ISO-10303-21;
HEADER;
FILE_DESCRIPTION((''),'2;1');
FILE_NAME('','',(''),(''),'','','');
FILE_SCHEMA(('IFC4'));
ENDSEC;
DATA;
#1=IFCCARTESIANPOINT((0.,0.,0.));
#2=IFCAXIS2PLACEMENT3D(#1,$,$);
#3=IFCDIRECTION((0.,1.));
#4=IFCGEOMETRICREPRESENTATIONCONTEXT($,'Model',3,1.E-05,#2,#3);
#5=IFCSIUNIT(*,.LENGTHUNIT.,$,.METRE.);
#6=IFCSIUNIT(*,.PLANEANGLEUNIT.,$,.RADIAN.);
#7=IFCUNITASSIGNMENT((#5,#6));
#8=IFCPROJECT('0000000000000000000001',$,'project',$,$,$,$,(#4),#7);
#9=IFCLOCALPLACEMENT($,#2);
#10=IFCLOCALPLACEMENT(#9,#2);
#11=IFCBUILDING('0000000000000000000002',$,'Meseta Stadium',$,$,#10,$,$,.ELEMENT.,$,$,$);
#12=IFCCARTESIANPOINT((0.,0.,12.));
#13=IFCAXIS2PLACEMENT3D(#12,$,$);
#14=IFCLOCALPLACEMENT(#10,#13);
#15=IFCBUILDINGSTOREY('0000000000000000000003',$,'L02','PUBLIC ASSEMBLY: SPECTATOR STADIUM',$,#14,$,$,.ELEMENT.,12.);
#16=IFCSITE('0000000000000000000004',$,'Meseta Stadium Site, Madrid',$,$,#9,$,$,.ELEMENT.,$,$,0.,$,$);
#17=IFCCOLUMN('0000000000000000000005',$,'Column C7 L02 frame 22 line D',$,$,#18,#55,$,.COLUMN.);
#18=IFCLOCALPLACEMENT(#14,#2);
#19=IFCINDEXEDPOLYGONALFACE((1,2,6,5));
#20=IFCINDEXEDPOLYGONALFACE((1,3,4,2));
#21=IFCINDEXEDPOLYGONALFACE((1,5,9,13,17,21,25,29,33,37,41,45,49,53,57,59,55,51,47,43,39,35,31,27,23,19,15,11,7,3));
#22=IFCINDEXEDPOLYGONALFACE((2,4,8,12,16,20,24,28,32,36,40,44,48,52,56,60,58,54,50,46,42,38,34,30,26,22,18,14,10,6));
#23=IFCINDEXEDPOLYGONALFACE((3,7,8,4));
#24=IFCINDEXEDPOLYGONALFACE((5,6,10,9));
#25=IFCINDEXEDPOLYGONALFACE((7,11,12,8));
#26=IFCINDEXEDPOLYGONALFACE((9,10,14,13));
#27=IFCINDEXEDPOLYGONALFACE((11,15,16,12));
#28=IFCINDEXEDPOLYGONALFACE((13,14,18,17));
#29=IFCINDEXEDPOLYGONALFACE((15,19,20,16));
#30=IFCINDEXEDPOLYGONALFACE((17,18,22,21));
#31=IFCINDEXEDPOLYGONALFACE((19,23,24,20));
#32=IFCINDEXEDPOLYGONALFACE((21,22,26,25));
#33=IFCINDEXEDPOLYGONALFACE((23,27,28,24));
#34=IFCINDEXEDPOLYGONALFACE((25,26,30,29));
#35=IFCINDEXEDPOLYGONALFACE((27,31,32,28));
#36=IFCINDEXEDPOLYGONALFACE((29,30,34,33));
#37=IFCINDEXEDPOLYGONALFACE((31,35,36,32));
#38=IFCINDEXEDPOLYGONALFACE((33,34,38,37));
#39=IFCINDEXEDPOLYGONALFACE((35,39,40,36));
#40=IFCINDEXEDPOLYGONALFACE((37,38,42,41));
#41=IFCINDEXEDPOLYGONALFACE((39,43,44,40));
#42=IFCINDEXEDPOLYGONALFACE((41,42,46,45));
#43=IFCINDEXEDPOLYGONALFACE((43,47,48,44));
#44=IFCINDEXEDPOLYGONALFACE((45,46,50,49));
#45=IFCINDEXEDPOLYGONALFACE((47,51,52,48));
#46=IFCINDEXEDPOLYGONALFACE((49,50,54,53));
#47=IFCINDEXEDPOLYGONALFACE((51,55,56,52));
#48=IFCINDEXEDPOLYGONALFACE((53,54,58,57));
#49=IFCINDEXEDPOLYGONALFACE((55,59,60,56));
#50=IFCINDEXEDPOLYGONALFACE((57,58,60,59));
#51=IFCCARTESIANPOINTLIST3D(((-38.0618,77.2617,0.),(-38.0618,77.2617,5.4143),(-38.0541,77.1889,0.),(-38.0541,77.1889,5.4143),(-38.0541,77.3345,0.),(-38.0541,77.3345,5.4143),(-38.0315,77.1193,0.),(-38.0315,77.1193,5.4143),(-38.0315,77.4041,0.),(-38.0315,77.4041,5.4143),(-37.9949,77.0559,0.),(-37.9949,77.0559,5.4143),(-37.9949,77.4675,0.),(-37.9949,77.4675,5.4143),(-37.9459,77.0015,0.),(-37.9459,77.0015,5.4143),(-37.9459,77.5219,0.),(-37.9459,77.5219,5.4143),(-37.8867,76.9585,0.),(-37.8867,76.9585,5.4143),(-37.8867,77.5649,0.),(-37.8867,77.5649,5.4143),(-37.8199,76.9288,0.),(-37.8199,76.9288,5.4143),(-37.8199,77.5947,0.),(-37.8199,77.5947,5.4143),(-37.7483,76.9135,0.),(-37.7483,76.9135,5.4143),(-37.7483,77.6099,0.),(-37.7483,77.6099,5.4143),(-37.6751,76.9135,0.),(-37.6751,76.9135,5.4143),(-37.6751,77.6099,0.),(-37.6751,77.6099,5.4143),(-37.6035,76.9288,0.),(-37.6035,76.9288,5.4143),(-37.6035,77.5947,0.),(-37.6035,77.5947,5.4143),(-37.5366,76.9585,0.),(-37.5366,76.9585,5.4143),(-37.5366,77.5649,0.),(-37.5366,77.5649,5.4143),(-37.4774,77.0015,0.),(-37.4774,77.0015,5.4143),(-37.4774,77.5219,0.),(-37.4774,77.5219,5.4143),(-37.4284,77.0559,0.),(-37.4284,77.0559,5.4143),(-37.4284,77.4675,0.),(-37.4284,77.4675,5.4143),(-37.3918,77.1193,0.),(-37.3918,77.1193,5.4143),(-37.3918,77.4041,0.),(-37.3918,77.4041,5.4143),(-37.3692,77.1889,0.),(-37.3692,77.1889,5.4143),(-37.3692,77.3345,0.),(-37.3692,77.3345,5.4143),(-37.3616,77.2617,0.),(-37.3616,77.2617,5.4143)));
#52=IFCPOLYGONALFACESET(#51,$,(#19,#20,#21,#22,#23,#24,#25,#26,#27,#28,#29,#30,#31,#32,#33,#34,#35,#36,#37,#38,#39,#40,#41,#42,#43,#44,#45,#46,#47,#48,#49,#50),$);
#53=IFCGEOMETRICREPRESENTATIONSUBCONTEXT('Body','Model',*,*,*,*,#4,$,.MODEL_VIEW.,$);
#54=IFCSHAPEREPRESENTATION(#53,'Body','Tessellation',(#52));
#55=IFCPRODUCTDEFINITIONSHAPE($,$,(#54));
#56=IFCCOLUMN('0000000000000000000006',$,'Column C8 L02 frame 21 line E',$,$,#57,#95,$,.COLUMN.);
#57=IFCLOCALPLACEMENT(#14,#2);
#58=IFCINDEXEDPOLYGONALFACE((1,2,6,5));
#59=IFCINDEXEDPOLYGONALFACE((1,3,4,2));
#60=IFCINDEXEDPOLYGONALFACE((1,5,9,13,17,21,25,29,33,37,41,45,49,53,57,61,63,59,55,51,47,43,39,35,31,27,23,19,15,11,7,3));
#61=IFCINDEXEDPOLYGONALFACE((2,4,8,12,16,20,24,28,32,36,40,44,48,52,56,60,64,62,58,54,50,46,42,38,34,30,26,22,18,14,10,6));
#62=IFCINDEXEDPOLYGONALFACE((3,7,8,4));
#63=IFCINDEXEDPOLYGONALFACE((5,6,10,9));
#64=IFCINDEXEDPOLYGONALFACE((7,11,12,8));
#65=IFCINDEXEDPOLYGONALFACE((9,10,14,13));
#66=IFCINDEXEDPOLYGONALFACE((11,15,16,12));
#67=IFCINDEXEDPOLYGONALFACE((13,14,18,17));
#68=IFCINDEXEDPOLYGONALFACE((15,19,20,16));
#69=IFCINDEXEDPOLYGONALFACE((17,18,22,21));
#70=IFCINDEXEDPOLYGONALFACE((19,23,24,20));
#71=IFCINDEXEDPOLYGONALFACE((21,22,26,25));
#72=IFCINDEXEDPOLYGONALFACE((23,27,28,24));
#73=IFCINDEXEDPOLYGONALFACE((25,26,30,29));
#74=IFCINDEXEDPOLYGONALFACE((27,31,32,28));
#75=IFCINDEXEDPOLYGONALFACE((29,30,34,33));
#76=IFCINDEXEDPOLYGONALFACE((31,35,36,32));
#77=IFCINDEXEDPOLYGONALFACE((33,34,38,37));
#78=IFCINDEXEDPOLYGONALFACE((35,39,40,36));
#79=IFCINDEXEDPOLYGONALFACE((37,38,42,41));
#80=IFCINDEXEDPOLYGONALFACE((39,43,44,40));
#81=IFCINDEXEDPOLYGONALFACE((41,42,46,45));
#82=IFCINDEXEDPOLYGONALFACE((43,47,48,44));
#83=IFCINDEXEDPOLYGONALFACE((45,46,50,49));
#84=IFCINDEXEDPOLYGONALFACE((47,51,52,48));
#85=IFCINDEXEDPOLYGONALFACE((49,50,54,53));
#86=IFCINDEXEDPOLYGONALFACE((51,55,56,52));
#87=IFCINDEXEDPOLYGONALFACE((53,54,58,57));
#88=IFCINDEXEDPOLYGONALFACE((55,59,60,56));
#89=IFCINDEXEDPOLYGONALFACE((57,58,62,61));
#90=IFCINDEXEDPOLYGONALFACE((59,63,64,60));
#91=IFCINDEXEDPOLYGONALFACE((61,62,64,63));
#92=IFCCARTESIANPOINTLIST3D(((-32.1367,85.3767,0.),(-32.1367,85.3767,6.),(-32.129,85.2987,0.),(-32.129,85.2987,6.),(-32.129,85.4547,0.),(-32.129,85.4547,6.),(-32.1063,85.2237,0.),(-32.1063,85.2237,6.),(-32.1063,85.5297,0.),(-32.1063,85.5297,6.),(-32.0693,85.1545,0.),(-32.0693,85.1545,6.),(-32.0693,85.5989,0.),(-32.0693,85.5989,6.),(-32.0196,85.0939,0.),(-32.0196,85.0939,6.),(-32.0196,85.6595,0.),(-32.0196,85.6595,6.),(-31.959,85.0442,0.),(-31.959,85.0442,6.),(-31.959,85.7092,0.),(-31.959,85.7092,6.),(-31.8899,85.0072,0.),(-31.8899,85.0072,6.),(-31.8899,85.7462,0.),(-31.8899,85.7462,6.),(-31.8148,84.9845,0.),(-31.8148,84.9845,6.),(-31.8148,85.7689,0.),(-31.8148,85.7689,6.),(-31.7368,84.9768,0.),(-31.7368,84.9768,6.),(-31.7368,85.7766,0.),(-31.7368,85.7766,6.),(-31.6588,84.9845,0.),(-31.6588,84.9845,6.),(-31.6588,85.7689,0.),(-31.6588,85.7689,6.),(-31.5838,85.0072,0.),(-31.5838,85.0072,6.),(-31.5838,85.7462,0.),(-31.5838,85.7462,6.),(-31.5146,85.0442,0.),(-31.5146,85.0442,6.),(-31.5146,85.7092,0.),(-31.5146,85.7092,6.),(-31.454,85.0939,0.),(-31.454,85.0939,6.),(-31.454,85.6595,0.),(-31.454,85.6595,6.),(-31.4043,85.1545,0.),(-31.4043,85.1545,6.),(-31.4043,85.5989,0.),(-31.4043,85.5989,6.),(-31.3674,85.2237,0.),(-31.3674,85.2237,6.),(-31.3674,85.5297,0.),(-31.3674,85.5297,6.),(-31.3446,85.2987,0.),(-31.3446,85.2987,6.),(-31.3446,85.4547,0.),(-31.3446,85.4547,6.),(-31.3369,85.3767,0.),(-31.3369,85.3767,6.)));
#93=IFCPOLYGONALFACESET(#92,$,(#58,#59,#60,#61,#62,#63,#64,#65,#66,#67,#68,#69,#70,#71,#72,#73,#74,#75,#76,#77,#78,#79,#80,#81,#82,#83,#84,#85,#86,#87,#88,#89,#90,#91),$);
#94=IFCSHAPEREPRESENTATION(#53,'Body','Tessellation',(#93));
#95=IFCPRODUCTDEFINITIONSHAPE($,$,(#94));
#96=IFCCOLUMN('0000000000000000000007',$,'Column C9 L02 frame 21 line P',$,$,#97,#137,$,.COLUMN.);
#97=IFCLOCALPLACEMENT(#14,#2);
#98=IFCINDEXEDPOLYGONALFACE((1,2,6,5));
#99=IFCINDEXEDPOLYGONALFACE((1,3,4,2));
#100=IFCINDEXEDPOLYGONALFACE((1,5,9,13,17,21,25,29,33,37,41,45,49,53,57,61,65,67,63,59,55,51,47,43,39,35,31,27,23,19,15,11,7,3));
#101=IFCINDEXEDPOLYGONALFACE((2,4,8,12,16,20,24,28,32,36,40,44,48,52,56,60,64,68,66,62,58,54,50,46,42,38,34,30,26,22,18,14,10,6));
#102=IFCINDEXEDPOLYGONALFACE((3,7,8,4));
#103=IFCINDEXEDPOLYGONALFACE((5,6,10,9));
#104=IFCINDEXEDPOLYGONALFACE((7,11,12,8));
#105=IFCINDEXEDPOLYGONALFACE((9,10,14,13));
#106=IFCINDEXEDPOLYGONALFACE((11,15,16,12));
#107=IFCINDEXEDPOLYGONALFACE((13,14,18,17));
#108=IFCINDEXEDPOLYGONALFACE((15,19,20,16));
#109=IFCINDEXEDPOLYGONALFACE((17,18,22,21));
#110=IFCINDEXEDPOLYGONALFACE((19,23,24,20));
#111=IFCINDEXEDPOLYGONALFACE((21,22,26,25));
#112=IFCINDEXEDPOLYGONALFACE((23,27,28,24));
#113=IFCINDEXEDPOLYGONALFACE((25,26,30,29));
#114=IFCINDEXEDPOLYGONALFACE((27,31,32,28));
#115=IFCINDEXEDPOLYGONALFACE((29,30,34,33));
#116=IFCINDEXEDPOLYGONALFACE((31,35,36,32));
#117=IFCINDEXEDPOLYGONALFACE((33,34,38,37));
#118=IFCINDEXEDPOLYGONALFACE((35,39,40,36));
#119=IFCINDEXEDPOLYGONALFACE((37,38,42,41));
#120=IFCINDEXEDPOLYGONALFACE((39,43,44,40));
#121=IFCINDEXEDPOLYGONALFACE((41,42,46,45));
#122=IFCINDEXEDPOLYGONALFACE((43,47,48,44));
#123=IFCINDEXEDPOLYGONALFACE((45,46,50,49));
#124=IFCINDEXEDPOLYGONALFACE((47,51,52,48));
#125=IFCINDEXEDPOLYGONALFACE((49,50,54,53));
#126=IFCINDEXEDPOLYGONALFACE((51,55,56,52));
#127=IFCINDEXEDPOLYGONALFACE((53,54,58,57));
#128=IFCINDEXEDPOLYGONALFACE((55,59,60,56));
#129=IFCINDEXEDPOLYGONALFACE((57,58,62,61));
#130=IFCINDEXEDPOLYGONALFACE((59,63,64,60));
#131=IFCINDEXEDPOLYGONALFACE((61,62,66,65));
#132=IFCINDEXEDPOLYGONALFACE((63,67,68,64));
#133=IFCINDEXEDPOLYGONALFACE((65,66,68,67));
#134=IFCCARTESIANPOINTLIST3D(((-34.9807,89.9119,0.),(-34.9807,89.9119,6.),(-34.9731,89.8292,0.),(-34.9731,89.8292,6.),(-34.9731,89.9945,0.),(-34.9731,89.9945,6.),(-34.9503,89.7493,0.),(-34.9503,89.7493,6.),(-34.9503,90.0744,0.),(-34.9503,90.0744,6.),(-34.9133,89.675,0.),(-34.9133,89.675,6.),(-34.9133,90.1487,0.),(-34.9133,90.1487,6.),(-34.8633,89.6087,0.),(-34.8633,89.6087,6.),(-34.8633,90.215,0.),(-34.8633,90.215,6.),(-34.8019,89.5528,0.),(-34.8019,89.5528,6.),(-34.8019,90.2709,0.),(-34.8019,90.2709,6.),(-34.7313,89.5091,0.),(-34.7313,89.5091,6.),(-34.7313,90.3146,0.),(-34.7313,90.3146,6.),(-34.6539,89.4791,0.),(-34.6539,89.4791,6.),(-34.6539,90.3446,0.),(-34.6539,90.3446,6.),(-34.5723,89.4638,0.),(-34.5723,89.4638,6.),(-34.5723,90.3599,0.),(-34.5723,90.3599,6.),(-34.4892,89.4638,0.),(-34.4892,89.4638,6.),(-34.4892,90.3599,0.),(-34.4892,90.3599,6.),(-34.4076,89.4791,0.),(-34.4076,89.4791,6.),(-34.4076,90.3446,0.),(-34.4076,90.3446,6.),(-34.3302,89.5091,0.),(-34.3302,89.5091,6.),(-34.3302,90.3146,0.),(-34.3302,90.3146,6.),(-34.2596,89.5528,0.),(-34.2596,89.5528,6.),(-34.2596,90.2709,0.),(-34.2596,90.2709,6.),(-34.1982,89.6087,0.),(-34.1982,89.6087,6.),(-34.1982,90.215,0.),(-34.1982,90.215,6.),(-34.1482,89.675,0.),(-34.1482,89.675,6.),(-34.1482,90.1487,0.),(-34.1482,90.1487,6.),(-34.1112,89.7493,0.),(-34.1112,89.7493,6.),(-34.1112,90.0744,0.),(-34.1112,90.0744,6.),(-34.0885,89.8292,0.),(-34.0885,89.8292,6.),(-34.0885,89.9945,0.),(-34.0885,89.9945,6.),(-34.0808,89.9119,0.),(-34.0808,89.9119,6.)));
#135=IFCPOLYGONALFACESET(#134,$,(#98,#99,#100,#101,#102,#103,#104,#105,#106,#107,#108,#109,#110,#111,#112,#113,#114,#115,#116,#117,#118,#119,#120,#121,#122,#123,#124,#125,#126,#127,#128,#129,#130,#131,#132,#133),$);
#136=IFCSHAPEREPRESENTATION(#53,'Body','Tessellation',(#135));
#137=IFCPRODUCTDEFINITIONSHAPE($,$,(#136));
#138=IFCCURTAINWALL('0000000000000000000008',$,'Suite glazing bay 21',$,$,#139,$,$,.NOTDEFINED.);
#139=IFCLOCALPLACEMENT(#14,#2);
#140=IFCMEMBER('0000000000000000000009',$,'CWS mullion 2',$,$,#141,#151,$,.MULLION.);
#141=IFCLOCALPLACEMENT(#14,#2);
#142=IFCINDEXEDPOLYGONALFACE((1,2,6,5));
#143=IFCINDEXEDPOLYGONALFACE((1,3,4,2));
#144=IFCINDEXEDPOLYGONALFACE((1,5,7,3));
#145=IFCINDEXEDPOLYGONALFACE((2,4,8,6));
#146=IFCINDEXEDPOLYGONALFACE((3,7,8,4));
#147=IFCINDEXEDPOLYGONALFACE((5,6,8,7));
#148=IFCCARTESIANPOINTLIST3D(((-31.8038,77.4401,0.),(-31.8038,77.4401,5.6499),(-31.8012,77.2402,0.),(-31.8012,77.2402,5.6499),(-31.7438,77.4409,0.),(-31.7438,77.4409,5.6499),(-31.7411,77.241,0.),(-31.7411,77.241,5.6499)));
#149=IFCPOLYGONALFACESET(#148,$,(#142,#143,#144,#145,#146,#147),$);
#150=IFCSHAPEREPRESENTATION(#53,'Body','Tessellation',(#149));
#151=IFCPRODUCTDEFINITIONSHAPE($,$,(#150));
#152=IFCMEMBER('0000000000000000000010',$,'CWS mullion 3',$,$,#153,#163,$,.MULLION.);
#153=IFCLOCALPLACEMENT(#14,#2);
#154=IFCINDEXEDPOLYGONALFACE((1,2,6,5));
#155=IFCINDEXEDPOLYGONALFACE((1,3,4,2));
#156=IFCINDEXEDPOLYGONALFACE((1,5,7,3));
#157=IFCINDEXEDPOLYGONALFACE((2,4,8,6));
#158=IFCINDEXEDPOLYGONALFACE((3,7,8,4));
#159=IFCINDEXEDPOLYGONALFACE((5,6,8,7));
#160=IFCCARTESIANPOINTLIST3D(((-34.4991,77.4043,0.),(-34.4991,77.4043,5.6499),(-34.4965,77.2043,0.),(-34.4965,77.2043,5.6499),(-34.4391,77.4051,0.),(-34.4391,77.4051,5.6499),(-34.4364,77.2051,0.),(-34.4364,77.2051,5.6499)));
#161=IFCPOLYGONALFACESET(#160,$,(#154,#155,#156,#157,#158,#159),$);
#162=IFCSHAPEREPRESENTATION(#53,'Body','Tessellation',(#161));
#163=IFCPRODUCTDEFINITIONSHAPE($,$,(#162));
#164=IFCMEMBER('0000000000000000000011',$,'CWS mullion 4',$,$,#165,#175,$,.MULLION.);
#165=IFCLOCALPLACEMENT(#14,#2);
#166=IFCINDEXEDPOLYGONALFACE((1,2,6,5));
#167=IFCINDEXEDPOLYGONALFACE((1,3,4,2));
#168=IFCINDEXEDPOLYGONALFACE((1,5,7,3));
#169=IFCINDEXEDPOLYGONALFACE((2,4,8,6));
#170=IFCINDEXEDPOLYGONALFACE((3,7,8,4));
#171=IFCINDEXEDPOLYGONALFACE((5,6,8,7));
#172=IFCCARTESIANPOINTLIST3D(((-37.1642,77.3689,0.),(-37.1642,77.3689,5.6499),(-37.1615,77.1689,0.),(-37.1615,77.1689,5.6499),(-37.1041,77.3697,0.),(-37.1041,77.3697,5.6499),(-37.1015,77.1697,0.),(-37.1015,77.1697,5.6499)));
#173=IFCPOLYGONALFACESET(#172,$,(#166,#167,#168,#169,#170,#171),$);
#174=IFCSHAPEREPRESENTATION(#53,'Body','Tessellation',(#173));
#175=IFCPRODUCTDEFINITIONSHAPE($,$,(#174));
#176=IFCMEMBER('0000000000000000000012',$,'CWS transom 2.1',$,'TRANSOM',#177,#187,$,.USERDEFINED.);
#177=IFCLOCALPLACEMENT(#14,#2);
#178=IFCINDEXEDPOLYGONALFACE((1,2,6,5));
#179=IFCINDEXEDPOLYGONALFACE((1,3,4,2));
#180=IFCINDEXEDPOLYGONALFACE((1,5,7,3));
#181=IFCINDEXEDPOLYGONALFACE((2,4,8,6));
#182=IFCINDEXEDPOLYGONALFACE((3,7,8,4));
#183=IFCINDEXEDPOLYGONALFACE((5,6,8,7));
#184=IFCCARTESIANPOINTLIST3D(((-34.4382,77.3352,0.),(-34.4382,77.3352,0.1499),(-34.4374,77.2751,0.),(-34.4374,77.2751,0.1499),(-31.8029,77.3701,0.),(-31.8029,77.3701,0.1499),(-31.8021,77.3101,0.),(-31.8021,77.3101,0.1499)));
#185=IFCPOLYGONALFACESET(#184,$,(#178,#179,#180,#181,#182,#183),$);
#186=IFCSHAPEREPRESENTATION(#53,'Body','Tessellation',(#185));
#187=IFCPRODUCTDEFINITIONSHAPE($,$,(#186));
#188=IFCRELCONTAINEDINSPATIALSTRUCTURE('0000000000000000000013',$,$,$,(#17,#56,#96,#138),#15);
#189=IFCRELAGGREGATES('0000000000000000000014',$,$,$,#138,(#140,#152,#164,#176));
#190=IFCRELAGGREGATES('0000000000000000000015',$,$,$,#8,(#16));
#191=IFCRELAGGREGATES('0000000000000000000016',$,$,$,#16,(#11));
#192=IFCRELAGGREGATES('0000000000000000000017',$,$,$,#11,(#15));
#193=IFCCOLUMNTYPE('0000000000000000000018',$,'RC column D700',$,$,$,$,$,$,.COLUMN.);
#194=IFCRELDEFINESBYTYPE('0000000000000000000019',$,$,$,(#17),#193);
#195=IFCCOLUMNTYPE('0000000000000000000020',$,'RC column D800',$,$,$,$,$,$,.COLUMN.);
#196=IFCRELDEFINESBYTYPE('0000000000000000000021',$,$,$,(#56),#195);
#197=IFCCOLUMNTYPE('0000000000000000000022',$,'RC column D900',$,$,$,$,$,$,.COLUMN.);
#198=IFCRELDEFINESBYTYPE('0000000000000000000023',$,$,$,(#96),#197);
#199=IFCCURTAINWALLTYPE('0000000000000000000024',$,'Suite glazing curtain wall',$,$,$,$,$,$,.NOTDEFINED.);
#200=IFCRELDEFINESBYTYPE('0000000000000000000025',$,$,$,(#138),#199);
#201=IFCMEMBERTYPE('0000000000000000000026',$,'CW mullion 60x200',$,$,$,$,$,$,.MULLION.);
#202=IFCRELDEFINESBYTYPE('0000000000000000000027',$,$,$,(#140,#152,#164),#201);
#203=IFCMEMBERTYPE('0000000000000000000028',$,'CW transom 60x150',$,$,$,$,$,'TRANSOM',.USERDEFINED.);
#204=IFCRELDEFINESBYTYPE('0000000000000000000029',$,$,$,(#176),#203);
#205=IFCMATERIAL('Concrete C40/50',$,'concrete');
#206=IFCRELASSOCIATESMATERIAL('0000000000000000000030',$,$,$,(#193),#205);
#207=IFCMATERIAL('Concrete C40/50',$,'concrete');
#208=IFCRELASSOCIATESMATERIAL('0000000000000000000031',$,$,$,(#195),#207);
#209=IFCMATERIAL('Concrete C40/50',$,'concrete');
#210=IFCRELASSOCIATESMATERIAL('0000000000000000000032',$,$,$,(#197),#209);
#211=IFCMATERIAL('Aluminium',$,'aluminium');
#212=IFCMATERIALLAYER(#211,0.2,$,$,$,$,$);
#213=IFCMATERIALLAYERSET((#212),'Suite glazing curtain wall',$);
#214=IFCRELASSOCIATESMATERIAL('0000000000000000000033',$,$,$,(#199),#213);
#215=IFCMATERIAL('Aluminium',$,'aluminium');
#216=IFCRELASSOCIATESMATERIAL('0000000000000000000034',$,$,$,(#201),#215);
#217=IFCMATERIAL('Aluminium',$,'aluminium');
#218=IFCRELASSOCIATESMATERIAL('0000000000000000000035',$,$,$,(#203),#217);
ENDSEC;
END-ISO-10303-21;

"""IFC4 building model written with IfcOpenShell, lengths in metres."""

from ifc_helpers import new_model, si_unit, direction, frame, origin, origin_2d, place, context, subcontext, project, spatial, rectangle, circle, extrude, material, layer, layer_set, material_profile, profile_set, type_object, element, aggregate, save


model = new_model("IFC4")

# Units and contexts
model_context = context("Model", 3, precision=1e-05, world=origin(), true_north=direction((0.0, 1.0)))
body_context = subcontext(model_context, "Body", "Model", "MODEL_VIEW")
ifc_project = project(units=[si_unit("LENGTHUNIT", "METRE"), si_unit("PLANEANGLEUNIT", "RADIAN")], contexts=[model_context])

# Site, building, storey
site_placement = place(None, origin())
site = spatial("IfcSite", under=ifc_project, at=site_placement, Name="Meseta Stadium Site, Madrid", CompositionType="ELEMENT", RefElevation=0.0)
building_placement = place(site_placement, origin())
building = spatial("IfcBuilding", under=site, at=building_placement, Name="Meseta Stadium", CompositionType="ELEMENT")
storey_placement = place(building_placement, frame((0.0, 0.0, 12.0)))
storey = spatial("IfcBuildingStorey", under=building, at=storey_placement, Name="L02", Description="PUBLIC ASSEMBLY: SPECTATOR STADIUM", CompositionType="ELEMENT", Elevation=12.0)

# Columns
ifc_material_1 = material(Name="Concrete C40/50", Category="concrete")
ifc_material_profile_1 = material_profile(ifc_material_1, circle(Radius=0.3501, at=origin_2d()), Name="RC D700")
ifc_profile_set_1 = profile_set([ifc_material_profile_1], Name="Concrete C40/50")
column_type_1 = type_object("IfcColumnType", Name="RC column D700", PredefinedType="COLUMN", material=ifc_profile_set_1)
column_1_placement = place(storey_placement, frame((-37.7117, 77.2617, 0.0), z_axis=(0.0, 0.0, 1.0), x_axis=(1.0, 0.0, 0.0)))
element("IfcColumn", 1, at=column_1_placement, inside=storey, type_object=column_type_1, Name="Column C7 L02 frame 22 line D", PredefinedType="COLUMN", context=body_context, shape_type="SweptSolid", body=[
    extrude(circle(Radius=0.3501, at=origin_2d()), origin(), (0.0, 0.0, 1.0), 5.4143),
])
ifc_material_2 = material(Name="Concrete C40/50", Category="concrete")
ifc_material_profile_2 = material_profile(ifc_material_2, circle(Radius=0.3999, at=origin_2d()), Name="RC D800")
ifc_profile_set_2 = profile_set([ifc_material_profile_2], Name="Concrete C40/50")
column_type_2 = type_object("IfcColumnType", Name="RC column D800", PredefinedType="COLUMN", material=ifc_profile_set_2)
column_2_placement = place(storey_placement, frame((-31.7368, 85.3767, 0.0), z_axis=(0.0, 0.0, 1.0), x_axis=(1.0, 0.0, 0.0)))
element("IfcColumn", 2, at=column_2_placement, inside=storey, type_object=column_type_2, Name="Column C8 L02 frame 21 line E", PredefinedType="COLUMN", context=body_context, shape_type="SweptSolid", body=[
    extrude(circle(Radius=0.3999, at=origin_2d()), origin(), (0.0, 0.0, 1.0), 6.0),
])
ifc_material_3 = material(Name="Concrete C40/50", Category="concrete")
ifc_material_profile_3 = material_profile(ifc_material_3, circle(Radius=0.45, at=origin_2d()), Name="RC D900")
ifc_profile_set_3 = profile_set([ifc_material_profile_3], Name="Concrete C40/50")
column_type_3 = type_object("IfcColumnType", Name="RC column D900", PredefinedType="COLUMN", material=ifc_profile_set_3)
column_3_placement = place(storey_placement, frame((-34.5308, 89.9119, 0.0), z_axis=(0.0, 0.0, 1.0), x_axis=(1.0, 0.0, 0.0)))
element("IfcColumn", 3, at=column_3_placement, inside=storey, type_object=column_type_3, Name="Column C9 L02 frame 21 line P", PredefinedType="COLUMN", context=body_context, shape_type="SweptSolid", body=[
    extrude(circle(Radius=0.45, at=origin_2d()), origin(), (0.0, 0.0, 1.0), 6.0),
])

# Curtain wall, members
ifc_material_4 = material(Name="Aluminium", Category="aluminium")
ifc_layer_1 = layer(ifc_material_4, 0.2)
ifc_layer_set_1 = layer_set([ifc_layer_1], Name="Suite glazing curtain wall")
curtain_wall_type = type_object("IfcCurtainWallType", Name="Suite glazing curtain wall", PredefinedType="NOTDEFINED", material=ifc_layer_set_1)
curtain_wall_placement = place(storey_placement, origin())
curtain_wall = element("IfcCurtainWall", 4, at=curtain_wall_placement, inside=storey, type_object=curtain_wall_type, Name="Suite glazing bay 21", PredefinedType="NOTDEFINED")
ifc_material_5 = material(Name="Aluminium", Category="aluminium")
ifc_material_profile_4 = material_profile(ifc_material_5, rectangle(XDim=0.2, YDim=0.0601, at=origin_2d()), Name="CW 200x60")
ifc_profile_set_4 = profile_set([ifc_material_profile_4], Name="Aluminium")
member_type_1 = type_object("IfcMemberType", Name="CW mullion 60x200", PredefinedType="MULLION", material=ifc_profile_set_4)
member_1_placement = place(storey_placement, frame((-31.7725, 77.3406, 0.0), z_axis=(0.0, 0.0, 1.0), x_axis=(0.013281, -0.999912, 0.0)))
member_1 = element("IfcMember", 5, at=member_1_placement, type_object=member_type_1, Name="CWS mullion 2", PredefinedType="MULLION", context=body_context, shape_type="SweptSolid", body=[
    extrude(rectangle(XDim=0.2, YDim=0.0601, at=origin_2d()), origin(), (0.0, 0.0, 1.0), 5.6499),
])
member_2_placement = place(storey_placement, frame((-34.4678, 77.3047, 0.0), z_axis=(0.0, 0.0, 1.0), x_axis=(0.013281, -0.999912, 0.0)))
member_2 = element("IfcMember", 6, at=member_2_placement, type_object=member_type_1, Name="CWS mullion 3", PredefinedType="MULLION", context=body_context, shape_type="SweptSolid", body=[
    extrude(rectangle(XDim=0.2, YDim=0.0601, at=origin_2d()), origin(), (0.0, 0.0, 1.0), 5.6499),
])
member_3_placement = place(storey_placement, frame((-37.1328, 77.2693, 0.0), z_axis=(0.0, 0.0, 1.0), x_axis=(0.013281, -0.999912, 0.0)))
member_3 = element("IfcMember", 7, at=member_3_placement, type_object=member_type_1, Name="CWS mullion 4", PredefinedType="MULLION", context=body_context, shape_type="SweptSolid", body=[
    extrude(rectangle(XDim=0.2, YDim=0.0601, at=origin_2d()), origin(), (0.0, 0.0, 1.0), 5.6499),
])
ifc_material_6 = material(Name="Aluminium", Category="aluminium")
ifc_material_profile_5 = material_profile(ifc_material_6, rectangle(XDim=0.0601, YDim=0.1499, at=origin_2d()), Name="CW 60x150")
ifc_profile_set_5 = profile_set([ifc_material_profile_5], Name="Aluminium")
member_type_2 = type_object("IfcMemberType", Name="CW transom 60x150", ElementType="TRANSOM", PredefinedType="USERDEFINED", material=ifc_profile_set_5)
member_4_placement = place(storey_placement, frame((-31.8025, 77.3401, 0.075), z_axis=(-0.999912, -0.013247, 0.0), x_axis=(0.013247, -0.999912, 0.0)))
member_4 = element("IfcMember", 8, at=member_4_placement, type_object=member_type_2, Name="CWS transom 2.1", ObjectType="TRANSOM", PredefinedType="USERDEFINED", context=body_context, shape_type="SweptSolid", body=[
    extrude(rectangle(XDim=0.0601, YDim=0.1499, at=origin_2d()), origin(), (0.0, 0.0, 1.0), 2.6355),
])

aggregate(curtain_wall, [member_1, member_2, member_3, member_4])

save(model, "model.ifc")
